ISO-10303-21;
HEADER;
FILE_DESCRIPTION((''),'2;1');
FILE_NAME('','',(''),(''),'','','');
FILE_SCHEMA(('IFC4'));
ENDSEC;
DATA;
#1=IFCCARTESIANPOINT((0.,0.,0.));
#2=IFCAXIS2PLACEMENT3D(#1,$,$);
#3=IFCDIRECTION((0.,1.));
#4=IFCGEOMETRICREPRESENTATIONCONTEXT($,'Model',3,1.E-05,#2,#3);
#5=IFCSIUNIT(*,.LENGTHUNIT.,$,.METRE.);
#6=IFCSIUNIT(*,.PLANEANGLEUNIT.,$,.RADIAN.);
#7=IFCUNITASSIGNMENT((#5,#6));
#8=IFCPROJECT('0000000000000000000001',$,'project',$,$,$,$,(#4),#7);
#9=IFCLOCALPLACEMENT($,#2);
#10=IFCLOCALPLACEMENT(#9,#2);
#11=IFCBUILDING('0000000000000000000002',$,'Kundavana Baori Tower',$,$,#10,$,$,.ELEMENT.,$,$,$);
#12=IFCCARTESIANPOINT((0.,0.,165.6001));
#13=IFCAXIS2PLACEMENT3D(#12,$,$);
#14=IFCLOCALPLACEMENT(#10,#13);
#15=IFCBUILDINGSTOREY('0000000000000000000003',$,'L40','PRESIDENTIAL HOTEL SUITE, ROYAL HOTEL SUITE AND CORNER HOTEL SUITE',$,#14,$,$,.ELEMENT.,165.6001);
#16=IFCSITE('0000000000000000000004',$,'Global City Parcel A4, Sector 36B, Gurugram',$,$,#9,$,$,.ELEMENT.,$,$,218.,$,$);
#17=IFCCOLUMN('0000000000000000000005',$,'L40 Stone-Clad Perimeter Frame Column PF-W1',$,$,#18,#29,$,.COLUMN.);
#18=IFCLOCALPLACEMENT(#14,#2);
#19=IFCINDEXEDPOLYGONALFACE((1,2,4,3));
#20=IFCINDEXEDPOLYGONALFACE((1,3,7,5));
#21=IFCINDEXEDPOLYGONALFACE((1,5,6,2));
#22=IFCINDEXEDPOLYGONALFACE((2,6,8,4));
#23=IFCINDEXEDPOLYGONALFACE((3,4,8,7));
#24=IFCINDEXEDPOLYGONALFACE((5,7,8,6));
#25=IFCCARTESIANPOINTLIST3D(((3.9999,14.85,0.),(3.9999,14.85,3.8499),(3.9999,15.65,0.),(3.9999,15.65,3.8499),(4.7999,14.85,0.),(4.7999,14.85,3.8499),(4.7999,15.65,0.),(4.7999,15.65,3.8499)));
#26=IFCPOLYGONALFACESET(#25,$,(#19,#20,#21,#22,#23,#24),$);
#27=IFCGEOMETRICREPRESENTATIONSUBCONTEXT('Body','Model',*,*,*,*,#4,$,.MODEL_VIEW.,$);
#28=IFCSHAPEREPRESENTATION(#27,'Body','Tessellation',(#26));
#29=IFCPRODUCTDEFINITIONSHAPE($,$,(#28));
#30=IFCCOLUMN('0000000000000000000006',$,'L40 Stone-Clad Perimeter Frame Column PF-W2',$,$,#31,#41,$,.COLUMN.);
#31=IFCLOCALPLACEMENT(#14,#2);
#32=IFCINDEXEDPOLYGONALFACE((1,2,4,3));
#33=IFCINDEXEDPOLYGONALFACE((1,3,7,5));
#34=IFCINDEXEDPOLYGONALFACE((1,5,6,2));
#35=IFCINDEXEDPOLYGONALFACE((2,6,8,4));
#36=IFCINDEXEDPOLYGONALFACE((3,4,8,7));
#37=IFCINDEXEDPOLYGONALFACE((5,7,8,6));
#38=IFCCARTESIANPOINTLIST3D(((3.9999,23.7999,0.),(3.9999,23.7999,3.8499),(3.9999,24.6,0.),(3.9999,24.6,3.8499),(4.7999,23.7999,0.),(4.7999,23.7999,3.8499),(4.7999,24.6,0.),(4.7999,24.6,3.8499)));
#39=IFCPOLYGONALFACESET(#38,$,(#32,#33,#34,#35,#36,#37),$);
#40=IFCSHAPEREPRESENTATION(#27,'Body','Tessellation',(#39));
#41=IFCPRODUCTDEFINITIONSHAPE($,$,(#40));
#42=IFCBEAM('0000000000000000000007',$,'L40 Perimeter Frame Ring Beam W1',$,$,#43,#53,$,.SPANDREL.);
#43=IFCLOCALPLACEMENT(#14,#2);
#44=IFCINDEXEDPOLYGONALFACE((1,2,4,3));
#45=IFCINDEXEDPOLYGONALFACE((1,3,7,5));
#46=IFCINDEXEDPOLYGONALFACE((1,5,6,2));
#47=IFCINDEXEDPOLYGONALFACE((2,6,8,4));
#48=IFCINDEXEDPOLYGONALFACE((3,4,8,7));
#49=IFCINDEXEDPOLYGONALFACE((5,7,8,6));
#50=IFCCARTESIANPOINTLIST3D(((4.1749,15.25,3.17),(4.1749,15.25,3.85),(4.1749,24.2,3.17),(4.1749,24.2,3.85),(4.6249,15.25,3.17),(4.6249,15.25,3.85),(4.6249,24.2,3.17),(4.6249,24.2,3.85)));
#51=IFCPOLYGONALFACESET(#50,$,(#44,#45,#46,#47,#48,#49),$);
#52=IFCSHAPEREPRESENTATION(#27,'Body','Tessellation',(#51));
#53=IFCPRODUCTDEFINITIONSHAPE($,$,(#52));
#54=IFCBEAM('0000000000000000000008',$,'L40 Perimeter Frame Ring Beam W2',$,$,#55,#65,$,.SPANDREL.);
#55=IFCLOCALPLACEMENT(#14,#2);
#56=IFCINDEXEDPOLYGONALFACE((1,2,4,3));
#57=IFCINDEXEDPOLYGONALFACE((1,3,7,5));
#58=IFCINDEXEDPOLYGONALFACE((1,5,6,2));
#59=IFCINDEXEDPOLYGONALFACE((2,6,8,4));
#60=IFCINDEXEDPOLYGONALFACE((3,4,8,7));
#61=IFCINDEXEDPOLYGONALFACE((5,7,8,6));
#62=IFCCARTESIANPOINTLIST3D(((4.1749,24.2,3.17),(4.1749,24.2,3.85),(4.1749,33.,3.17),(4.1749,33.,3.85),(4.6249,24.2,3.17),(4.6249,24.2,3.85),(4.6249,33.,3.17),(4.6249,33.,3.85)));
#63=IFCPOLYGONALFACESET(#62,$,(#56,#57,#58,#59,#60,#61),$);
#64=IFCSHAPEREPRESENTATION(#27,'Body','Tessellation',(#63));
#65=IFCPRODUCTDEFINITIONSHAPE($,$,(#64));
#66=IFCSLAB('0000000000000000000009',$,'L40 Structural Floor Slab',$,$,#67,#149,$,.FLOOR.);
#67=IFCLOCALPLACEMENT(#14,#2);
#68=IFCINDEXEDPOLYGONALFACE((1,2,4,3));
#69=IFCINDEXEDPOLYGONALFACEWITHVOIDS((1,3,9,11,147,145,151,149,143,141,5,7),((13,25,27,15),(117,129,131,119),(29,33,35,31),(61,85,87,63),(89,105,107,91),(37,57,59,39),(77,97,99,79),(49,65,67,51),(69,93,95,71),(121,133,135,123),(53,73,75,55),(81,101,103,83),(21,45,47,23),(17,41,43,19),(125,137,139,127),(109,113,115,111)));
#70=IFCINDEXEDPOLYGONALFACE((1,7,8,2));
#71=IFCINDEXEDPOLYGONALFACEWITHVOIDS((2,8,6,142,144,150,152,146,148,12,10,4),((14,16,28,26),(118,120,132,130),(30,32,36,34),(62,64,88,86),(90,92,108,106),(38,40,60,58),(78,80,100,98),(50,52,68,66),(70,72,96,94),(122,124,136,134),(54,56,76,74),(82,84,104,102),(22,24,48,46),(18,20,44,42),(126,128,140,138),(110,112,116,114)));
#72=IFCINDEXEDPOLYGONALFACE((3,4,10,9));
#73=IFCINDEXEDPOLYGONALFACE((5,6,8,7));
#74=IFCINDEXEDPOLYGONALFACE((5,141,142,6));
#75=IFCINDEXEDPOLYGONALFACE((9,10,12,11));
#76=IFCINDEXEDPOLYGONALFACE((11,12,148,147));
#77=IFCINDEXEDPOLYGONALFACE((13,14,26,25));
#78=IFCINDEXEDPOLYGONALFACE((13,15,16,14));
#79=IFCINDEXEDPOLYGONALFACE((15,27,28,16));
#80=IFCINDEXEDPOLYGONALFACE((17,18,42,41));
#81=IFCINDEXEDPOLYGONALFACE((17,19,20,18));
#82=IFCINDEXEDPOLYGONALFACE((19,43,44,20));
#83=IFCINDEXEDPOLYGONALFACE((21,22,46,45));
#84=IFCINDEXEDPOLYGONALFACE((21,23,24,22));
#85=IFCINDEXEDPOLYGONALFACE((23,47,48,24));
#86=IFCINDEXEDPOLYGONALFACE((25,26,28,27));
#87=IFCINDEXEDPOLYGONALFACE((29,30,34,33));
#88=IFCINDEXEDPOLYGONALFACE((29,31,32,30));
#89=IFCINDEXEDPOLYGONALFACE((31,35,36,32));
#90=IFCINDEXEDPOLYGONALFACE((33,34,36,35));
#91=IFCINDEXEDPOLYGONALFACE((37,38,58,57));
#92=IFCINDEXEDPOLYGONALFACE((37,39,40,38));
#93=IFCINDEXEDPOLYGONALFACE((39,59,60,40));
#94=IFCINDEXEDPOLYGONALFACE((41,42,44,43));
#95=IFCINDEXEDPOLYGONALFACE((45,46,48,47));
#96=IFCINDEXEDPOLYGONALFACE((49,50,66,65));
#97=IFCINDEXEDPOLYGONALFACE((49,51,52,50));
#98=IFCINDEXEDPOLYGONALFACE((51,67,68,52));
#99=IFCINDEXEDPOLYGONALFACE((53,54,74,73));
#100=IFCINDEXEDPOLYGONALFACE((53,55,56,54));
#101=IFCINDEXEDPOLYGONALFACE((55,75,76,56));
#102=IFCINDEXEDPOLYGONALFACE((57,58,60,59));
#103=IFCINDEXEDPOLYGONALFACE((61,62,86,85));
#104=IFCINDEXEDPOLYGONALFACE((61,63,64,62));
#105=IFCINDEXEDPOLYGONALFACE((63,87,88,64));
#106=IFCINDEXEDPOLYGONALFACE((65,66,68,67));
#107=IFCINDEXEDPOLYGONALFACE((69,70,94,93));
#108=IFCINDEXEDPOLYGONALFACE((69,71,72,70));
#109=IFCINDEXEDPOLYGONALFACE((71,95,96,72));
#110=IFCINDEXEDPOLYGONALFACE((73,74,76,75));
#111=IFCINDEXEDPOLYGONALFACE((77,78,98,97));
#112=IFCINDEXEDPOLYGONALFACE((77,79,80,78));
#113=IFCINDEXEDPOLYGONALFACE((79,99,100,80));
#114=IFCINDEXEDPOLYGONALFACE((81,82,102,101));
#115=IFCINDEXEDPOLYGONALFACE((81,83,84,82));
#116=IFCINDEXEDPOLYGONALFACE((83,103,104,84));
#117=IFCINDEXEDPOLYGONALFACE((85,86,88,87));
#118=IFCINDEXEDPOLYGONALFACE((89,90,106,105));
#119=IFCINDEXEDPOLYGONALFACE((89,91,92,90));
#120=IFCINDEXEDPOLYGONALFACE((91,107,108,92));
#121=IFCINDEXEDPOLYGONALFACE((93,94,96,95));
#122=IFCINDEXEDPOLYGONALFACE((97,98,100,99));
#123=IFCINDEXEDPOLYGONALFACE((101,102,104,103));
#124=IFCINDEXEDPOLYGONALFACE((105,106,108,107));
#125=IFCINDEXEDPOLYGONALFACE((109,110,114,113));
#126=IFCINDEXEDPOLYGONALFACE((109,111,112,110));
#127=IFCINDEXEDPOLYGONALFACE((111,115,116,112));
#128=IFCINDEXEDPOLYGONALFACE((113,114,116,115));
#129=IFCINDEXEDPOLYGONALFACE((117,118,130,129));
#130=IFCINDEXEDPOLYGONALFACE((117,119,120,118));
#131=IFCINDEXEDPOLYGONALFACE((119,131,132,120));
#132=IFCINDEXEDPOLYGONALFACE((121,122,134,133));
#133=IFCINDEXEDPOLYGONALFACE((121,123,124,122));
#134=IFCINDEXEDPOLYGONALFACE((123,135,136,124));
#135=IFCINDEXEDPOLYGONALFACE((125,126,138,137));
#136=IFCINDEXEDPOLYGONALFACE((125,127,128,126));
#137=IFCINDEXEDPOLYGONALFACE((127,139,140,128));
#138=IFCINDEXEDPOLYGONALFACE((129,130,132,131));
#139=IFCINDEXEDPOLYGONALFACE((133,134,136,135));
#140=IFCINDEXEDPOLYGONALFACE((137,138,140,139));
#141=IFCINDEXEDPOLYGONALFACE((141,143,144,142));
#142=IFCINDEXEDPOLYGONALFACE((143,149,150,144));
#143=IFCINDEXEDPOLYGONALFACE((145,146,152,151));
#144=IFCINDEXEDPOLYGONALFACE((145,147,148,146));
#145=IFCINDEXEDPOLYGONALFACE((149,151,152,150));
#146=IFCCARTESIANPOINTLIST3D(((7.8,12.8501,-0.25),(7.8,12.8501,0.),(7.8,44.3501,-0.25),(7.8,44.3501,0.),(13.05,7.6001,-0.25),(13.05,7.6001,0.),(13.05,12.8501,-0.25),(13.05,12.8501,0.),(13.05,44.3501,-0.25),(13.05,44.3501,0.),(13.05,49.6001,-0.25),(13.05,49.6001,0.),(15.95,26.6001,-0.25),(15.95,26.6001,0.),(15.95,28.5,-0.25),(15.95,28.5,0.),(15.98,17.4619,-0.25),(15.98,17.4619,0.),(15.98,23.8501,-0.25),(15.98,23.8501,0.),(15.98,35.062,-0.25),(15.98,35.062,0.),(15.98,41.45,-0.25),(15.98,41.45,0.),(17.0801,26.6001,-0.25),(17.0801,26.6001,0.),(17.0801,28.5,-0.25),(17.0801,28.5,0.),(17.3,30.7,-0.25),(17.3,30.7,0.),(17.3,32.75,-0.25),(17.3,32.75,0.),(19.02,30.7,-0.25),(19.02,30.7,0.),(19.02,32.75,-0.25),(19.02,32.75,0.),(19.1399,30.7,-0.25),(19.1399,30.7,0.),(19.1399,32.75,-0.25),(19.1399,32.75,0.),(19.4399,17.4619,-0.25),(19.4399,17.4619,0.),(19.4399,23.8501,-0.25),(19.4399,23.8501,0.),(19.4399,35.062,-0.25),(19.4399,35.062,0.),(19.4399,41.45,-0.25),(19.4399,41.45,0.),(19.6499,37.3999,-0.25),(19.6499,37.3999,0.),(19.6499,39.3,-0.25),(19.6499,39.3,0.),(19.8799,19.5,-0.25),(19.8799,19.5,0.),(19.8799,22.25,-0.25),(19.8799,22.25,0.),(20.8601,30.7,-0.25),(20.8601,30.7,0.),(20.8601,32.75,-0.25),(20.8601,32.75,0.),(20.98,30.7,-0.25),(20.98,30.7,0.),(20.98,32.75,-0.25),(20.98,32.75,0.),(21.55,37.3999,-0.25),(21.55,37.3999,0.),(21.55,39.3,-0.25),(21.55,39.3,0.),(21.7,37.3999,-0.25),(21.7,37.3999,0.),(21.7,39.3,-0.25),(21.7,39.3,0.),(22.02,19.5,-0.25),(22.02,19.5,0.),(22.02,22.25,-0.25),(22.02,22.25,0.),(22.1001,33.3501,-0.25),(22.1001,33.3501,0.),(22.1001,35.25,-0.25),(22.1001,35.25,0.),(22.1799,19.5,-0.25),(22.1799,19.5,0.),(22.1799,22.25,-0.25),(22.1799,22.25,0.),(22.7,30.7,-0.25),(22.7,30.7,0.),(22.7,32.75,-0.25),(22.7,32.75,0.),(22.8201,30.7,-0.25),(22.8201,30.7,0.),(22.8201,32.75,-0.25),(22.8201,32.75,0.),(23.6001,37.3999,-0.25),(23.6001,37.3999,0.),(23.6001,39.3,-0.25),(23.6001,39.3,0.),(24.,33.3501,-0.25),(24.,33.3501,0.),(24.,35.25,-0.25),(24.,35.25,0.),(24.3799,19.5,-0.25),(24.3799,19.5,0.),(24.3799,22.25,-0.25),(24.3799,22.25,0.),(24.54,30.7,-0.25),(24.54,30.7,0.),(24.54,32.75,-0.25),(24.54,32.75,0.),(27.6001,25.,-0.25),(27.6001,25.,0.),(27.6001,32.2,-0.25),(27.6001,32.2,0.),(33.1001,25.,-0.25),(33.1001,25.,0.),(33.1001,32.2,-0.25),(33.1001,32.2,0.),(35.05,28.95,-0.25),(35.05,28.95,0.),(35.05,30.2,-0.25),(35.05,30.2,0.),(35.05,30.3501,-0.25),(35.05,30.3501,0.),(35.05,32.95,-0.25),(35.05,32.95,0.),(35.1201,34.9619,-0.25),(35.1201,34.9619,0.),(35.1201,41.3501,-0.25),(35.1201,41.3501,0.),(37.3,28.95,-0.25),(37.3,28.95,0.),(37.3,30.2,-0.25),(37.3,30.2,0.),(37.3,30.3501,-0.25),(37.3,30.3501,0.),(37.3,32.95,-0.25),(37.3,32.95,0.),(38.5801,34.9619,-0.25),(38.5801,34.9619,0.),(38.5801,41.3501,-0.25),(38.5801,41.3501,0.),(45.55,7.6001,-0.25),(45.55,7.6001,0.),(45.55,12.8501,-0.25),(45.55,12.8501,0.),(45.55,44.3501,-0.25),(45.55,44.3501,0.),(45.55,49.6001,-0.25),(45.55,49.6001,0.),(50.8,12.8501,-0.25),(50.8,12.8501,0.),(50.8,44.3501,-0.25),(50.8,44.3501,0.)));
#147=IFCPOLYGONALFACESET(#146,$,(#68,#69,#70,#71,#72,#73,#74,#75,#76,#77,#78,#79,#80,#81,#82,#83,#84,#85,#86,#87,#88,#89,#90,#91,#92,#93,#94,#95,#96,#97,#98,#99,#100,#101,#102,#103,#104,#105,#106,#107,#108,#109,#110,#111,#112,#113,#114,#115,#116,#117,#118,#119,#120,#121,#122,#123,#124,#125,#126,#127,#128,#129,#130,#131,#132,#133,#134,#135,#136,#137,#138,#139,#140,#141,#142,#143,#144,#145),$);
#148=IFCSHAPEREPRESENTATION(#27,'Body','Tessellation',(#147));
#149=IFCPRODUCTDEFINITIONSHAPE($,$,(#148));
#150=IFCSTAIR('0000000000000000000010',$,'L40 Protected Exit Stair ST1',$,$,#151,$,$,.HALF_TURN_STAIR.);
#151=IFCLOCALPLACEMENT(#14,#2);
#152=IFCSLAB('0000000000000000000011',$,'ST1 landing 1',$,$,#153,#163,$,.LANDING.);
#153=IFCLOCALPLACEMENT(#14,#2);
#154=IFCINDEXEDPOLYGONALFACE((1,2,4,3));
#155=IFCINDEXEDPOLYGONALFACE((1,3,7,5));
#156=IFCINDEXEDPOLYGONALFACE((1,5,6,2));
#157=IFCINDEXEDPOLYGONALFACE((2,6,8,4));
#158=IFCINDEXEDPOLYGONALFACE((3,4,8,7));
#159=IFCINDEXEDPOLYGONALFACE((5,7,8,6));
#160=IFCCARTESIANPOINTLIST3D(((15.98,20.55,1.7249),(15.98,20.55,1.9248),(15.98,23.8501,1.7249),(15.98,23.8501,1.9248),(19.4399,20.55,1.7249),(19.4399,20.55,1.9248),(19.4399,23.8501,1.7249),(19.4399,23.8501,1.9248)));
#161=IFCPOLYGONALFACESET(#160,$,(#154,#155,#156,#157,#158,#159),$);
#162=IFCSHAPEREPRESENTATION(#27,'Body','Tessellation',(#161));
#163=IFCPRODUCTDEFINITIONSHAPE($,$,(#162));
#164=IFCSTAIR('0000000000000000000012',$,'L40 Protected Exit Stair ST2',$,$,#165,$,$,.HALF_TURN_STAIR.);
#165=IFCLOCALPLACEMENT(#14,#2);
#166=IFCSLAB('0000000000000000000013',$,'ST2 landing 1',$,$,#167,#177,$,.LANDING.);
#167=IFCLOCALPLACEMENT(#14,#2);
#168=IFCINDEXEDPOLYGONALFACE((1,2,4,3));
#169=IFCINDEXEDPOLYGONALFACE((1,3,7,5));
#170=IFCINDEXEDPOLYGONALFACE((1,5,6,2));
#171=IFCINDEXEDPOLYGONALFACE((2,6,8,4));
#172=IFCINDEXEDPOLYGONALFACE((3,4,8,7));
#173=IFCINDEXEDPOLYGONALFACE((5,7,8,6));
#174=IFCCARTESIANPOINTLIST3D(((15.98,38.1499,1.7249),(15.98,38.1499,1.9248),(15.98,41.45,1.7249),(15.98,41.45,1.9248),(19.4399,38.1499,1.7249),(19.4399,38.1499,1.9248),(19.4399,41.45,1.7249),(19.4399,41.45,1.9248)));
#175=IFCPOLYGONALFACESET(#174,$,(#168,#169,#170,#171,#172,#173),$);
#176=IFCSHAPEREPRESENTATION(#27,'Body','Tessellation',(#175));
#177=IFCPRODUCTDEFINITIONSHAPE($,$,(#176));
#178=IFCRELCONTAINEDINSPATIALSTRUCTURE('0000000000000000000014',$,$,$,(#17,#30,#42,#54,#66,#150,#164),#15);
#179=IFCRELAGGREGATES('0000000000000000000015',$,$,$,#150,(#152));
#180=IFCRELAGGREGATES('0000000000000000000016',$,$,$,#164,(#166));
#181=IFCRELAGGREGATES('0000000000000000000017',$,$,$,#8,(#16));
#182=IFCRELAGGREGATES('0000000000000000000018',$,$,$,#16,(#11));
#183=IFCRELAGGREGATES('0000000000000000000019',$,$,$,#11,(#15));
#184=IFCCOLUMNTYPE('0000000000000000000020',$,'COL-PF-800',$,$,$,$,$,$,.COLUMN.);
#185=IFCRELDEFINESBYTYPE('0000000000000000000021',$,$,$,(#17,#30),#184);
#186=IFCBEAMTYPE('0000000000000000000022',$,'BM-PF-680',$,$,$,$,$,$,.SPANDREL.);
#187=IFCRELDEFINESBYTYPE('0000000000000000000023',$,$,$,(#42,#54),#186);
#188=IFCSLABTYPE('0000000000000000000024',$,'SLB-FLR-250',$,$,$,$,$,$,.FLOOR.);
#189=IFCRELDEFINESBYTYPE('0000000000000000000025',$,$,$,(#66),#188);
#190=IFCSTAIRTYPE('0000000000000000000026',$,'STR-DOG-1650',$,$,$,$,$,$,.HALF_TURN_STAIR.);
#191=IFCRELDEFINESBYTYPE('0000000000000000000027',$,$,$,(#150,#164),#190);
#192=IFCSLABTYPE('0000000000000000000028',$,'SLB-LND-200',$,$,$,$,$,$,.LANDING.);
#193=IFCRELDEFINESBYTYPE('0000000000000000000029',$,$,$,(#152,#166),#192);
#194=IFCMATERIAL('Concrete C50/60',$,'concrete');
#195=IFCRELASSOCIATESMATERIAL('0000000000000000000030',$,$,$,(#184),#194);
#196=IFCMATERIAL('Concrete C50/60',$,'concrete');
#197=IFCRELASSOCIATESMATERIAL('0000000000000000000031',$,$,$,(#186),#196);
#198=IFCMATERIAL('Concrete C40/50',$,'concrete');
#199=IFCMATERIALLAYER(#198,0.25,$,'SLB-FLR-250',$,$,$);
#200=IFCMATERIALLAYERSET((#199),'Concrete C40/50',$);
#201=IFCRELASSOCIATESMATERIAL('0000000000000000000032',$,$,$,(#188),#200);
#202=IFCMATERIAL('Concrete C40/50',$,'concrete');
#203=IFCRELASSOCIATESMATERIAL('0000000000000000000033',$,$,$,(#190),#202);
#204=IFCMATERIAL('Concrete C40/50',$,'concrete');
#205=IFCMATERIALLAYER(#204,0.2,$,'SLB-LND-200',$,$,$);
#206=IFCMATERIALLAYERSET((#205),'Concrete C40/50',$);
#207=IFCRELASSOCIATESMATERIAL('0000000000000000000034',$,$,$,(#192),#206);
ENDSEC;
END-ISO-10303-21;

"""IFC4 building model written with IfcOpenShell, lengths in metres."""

from ifc_helpers import new_model, si_unit, direction, frame, origin, origin_2d, place, context, subcontext, project, spatial, polyline, rectangle, outline, extrude, material, layer, layer_set, material_profile, profile_set, type_object, element, aggregate, save


model = new_model("IFC4")

# Units and contexts
model_context = context("Model", 3, precision=1e-05, world=origin(), true_north=direction((0.0, 1.0)))
body_context = subcontext(model_context, "Body", "Model", "MODEL_VIEW")
ifc_project = project(units=[si_unit("LENGTHUNIT", "METRE"), si_unit("PLANEANGLEUNIT", "RADIAN")], contexts=[model_context])

# Site, building, storey
site_placement = place(None, origin())
site = spatial("IfcSite", under=ifc_project, at=site_placement, Name="Global City Parcel A4, Sector 36B, Gurugram", CompositionType="ELEMENT", RefElevation=218.0)
building_placement = place(site_placement, origin())
building = spatial("IfcBuilding", under=site, at=building_placement, Name="Kundavana Baori Tower", CompositionType="ELEMENT")
storey_placement = place(building_placement, frame((0.0, 0.0, 165.6001)))
storey = spatial("IfcBuildingStorey", under=building, at=storey_placement, Name="L40", Description="PRESIDENTIAL HOTEL SUITE, ROYAL HOTEL SUITE AND CORNER HOTEL SUITE", CompositionType="ELEMENT", Elevation=165.6001)

# Columns
ifc_material_1 = material(Name="Concrete C50/60", Category="concrete")
ifc_material_profile_1 = material_profile(ifc_material_1, rectangle(XDim=0.8, YDim=0.8, at=origin_2d()), Name="RC PF 800x800")
ifc_profile_set_1 = profile_set([ifc_material_profile_1], Name="Concrete C50/60")
column_type = type_object("IfcColumnType", Name="COL-PF-800", PredefinedType="COLUMN", material=ifc_profile_set_1)
for number, where, z_axis, x_axis, name in (
    (1, (4.3999, 15.25, 0.0), (0.0, 0.0, 1.0), (1.0, 0.0, 0.0), "L40 Stone-Clad Perimeter Frame Column PF-W1"),
    (2, (4.3999, 24.2, 0.0), (0.0, 0.0, 1.0), (1.0, 0.0, 0.0), "L40 Stone-Clad Perimeter Frame Column PF-W2"),
):
    element("IfcColumn", number, at=place(storey_placement, frame(where, z_axis=z_axis, x_axis=x_axis)), inside=storey, type_object=column_type, Name=name, PredefinedType="COLUMN", context=body_context, shape_type="SweptSolid", body=[
        extrude(rectangle(XDim=0.8, YDim=0.8, at=origin_2d()), origin(), (0.0, 0.0, 1.0), 3.8499),
    ])

# Beams
ifc_material_2 = material(Name="Concrete C50/60", Category="concrete")
ifc_material_profile_2 = material_profile(ifc_material_2, rectangle(XDim=0.45, YDim=0.6799, at=origin_2d()), Name="RC BM 450x680")
ifc_profile_set_2 = profile_set([ifc_material_profile_2], Name="Concrete C50/60")
beam_type = type_object("IfcBeamType", Name="BM-PF-680", PredefinedType="SPANDREL", material=ifc_profile_set_2)
beam_1_placement = place(storey_placement, frame((4.3999, 15.25, 3.51), z_axis=(0.0, 1.0, 0.0), x_axis=(-1.0, 0.0, 0.0)))
element("IfcBeam", 3, at=beam_1_placement, inside=storey, type_object=beam_type, Name="L40 Perimeter Frame Ring Beam W1", PredefinedType="SPANDREL", context=body_context, shape_type="SweptSolid", body=[
    extrude(rectangle(XDim=0.45, YDim=0.6799, at=origin_2d()), origin(), (0.0, 0.0, 1.0), 8.95),
])
beam_2_placement = place(storey_placement, frame((4.3999, 24.2, 3.51), z_axis=(0.0, 1.0, 0.0), x_axis=(-1.0, 0.0, 0.0)))
element("IfcBeam", 4, at=beam_2_placement, inside=storey, type_object=beam_type, Name="L40 Perimeter Frame Ring Beam W2", PredefinedType="SPANDREL", context=body_context, shape_type="SweptSolid", body=[
    extrude(rectangle(XDim=0.45, YDim=0.6799, at=origin_2d()), origin(), (0.0, 0.0, 1.0), 8.8),
])

# Slab
ifc_material_3 = material(Name="Concrete C40/50", Category="concrete")
ifc_layer_1 = layer(ifc_material_3, 0.25, Name="SLB-FLR-250")
ifc_layer_set_1 = layer_set([ifc_layer_1], Name="Concrete C40/50")
slab_type_1 = type_object("IfcSlabType", Name="SLB-FLR-250", PredefinedType="FLOOR", material=ifc_layer_set_1)
slab_1_placement = place(storey_placement, frame((0.0, 0.0, -0.25)))
element("IfcSlab", 5, at=slab_1_placement, inside=storey, type_object=slab_type_1, Name="L40 Structural Floor Slab", PredefinedType="FLOOR", context=body_context, shape_type="SweptSolid", body=[
    extrude(outline(polyline([(13.05, 7.6001), (45.55, 7.6001), (45.55, 12.8501), (50.8, 12.8501), (50.8, 44.3501), (45.55, 44.3501), (45.55, 49.6001), (13.05, 49.6001), (13.05, 44.3501), (7.8, 44.3501), (7.8, 12.8501), (13.05, 12.8501), (13.05, 7.6001)]), holes=[polyline([(19.4399, 17.4619), (19.4399, 23.8501), (15.98, 23.8501), (15.98, 17.4619), (19.4399, 17.4619)]), polyline([(19.4399, 35.062), (19.4399, 41.45), (15.98, 41.45), (15.98, 35.062), (19.4399, 35.062)]), polyline([(38.5801, 34.9619), (38.5801, 41.3501), (35.1201, 41.3501), (35.1201, 34.9619), (38.5801, 34.9619)]), polyline([(17.3, 30.7), (19.02, 30.7), (19.02, 32.75), (17.3, 32.75), (17.3, 30.7)]), polyline([(19.1399, 30.7), (20.8601, 30.7), (20.8601, 32.75), (19.1399, 32.75), (19.1399, 30.7)]), polyline([(20.98, 30.7), (22.7, 30.7), (22.7, 32.75), (20.98, 32.75), (20.98, 30.7)]), polyline([(22.8201, 30.7), (24.54, 30.7), (24.54, 32.75), (22.8201, 32.75), (22.8201, 30.7)]), polyline([(19.6499, 37.3999), (21.55, 37.3999), (21.55, 39.3), (19.6499, 39.3), (19.6499, 37.3999)]), polyline([(21.7, 37.3999), (23.6001, 37.3999), (23.6001, 39.3), (21.7, 39.3), (21.7, 37.3999)]), polyline([(22.1001, 33.3501), (24.0, 33.3501), (24.0, 35.25), (22.1001, 35.25), (22.1001, 33.3501)]), polyline([(19.8799, 19.5), (22.02, 19.5), (22.02, 22.25), (19.8799, 22.25), (19.8799, 19.5)]), polyline([(22.1799, 19.5), (24.3799, 19.5), (24.3799, 22.25), (22.1799, 22.25), (22.1799, 19.5)]), polyline([(35.05, 30.3501), (37.3, 30.3501), (37.3, 32.95), (35.05, 32.95), (35.05, 30.3501)]), polyline([(15.95, 26.6001), (17.0801, 26.6001), (17.0801, 28.5), (15.95, 28.5), (15.95, 26.6001)]), polyline([(35.05, 28.95), (37.3, 28.95), (37.3, 30.2), (35.05, 30.2), (35.05, 28.95)]), polyline([(27.6001, 25.0), (33.1001, 25.0), (33.1001, 32.2), (27.6001, 32.2), (27.6001, 25.0)])]), origin(), (0.0, 0.0, 1.0), 0.25),
])

# Stairs, slabs
ifc_material_4 = material(Name="Concrete C40/50", Category="concrete")
stair_type = type_object("IfcStairType", Name="STR-DOG-1650", PredefinedType="HALF_TURN_STAIR", material=ifc_material_4)
stair_1_placement = place(storey_placement, origin())
stair_1 = element("IfcStair", 6, at=stair_1_placement, inside=storey, type_object=stair_type, Name="L40 Protected Exit Stair ST1", PredefinedType="HALF_TURN_STAIR")
ifc_material_5 = material(Name="Concrete C40/50", Category="concrete")
ifc_layer_2 = layer(ifc_material_5, 0.2, Name="SLB-LND-200")
ifc_layer_set_2 = layer_set([ifc_layer_2], Name="Concrete C40/50")
slab_type_2 = type_object("IfcSlabType", Name="SLB-LND-200", PredefinedType="LANDING", material=ifc_layer_set_2)
slab_2_placement = place(storey_placement, frame((0.0, 0.0, 1.7249)))
slab_2 = element("IfcSlab", 7, at=slab_2_placement, type_object=slab_type_2, Name="ST1 landing 1", PredefinedType="LANDING", context=body_context, shape_type="SweptSolid", body=[
    extrude(outline(polyline([(19.4399, 20.55), (19.4399, 23.8501), (15.98, 23.8501), (15.98, 20.55), (19.4399, 20.55)])), origin(), (0.0, 0.0, 1.0), 0.2),
])
aggregate(stair_1, [slab_2])
stair_2_placement = place(storey_placement, origin())
stair_2 = element("IfcStair", 8, at=stair_2_placement, inside=storey, type_object=stair_type, Name="L40 Protected Exit Stair ST2", PredefinedType="HALF_TURN_STAIR")
slab_3_placement = place(storey_placement, frame((0.0, 0.0, 1.7249)))
slab_3 = element("IfcSlab", 9, at=slab_3_placement, type_object=slab_type_2, Name="ST2 landing 1", PredefinedType="LANDING", context=body_context, shape_type="SweptSolid", body=[
    extrude(outline(polyline([(19.4399, 38.1499), (19.4399, 41.45), (15.98, 41.45), (15.98, 38.1499), (19.4399, 38.1499)])), origin(), (0.0, 0.0, 1.0), 0.2),
])
aggregate(stair_2, [slab_3])

save(model, "model.ifc")
